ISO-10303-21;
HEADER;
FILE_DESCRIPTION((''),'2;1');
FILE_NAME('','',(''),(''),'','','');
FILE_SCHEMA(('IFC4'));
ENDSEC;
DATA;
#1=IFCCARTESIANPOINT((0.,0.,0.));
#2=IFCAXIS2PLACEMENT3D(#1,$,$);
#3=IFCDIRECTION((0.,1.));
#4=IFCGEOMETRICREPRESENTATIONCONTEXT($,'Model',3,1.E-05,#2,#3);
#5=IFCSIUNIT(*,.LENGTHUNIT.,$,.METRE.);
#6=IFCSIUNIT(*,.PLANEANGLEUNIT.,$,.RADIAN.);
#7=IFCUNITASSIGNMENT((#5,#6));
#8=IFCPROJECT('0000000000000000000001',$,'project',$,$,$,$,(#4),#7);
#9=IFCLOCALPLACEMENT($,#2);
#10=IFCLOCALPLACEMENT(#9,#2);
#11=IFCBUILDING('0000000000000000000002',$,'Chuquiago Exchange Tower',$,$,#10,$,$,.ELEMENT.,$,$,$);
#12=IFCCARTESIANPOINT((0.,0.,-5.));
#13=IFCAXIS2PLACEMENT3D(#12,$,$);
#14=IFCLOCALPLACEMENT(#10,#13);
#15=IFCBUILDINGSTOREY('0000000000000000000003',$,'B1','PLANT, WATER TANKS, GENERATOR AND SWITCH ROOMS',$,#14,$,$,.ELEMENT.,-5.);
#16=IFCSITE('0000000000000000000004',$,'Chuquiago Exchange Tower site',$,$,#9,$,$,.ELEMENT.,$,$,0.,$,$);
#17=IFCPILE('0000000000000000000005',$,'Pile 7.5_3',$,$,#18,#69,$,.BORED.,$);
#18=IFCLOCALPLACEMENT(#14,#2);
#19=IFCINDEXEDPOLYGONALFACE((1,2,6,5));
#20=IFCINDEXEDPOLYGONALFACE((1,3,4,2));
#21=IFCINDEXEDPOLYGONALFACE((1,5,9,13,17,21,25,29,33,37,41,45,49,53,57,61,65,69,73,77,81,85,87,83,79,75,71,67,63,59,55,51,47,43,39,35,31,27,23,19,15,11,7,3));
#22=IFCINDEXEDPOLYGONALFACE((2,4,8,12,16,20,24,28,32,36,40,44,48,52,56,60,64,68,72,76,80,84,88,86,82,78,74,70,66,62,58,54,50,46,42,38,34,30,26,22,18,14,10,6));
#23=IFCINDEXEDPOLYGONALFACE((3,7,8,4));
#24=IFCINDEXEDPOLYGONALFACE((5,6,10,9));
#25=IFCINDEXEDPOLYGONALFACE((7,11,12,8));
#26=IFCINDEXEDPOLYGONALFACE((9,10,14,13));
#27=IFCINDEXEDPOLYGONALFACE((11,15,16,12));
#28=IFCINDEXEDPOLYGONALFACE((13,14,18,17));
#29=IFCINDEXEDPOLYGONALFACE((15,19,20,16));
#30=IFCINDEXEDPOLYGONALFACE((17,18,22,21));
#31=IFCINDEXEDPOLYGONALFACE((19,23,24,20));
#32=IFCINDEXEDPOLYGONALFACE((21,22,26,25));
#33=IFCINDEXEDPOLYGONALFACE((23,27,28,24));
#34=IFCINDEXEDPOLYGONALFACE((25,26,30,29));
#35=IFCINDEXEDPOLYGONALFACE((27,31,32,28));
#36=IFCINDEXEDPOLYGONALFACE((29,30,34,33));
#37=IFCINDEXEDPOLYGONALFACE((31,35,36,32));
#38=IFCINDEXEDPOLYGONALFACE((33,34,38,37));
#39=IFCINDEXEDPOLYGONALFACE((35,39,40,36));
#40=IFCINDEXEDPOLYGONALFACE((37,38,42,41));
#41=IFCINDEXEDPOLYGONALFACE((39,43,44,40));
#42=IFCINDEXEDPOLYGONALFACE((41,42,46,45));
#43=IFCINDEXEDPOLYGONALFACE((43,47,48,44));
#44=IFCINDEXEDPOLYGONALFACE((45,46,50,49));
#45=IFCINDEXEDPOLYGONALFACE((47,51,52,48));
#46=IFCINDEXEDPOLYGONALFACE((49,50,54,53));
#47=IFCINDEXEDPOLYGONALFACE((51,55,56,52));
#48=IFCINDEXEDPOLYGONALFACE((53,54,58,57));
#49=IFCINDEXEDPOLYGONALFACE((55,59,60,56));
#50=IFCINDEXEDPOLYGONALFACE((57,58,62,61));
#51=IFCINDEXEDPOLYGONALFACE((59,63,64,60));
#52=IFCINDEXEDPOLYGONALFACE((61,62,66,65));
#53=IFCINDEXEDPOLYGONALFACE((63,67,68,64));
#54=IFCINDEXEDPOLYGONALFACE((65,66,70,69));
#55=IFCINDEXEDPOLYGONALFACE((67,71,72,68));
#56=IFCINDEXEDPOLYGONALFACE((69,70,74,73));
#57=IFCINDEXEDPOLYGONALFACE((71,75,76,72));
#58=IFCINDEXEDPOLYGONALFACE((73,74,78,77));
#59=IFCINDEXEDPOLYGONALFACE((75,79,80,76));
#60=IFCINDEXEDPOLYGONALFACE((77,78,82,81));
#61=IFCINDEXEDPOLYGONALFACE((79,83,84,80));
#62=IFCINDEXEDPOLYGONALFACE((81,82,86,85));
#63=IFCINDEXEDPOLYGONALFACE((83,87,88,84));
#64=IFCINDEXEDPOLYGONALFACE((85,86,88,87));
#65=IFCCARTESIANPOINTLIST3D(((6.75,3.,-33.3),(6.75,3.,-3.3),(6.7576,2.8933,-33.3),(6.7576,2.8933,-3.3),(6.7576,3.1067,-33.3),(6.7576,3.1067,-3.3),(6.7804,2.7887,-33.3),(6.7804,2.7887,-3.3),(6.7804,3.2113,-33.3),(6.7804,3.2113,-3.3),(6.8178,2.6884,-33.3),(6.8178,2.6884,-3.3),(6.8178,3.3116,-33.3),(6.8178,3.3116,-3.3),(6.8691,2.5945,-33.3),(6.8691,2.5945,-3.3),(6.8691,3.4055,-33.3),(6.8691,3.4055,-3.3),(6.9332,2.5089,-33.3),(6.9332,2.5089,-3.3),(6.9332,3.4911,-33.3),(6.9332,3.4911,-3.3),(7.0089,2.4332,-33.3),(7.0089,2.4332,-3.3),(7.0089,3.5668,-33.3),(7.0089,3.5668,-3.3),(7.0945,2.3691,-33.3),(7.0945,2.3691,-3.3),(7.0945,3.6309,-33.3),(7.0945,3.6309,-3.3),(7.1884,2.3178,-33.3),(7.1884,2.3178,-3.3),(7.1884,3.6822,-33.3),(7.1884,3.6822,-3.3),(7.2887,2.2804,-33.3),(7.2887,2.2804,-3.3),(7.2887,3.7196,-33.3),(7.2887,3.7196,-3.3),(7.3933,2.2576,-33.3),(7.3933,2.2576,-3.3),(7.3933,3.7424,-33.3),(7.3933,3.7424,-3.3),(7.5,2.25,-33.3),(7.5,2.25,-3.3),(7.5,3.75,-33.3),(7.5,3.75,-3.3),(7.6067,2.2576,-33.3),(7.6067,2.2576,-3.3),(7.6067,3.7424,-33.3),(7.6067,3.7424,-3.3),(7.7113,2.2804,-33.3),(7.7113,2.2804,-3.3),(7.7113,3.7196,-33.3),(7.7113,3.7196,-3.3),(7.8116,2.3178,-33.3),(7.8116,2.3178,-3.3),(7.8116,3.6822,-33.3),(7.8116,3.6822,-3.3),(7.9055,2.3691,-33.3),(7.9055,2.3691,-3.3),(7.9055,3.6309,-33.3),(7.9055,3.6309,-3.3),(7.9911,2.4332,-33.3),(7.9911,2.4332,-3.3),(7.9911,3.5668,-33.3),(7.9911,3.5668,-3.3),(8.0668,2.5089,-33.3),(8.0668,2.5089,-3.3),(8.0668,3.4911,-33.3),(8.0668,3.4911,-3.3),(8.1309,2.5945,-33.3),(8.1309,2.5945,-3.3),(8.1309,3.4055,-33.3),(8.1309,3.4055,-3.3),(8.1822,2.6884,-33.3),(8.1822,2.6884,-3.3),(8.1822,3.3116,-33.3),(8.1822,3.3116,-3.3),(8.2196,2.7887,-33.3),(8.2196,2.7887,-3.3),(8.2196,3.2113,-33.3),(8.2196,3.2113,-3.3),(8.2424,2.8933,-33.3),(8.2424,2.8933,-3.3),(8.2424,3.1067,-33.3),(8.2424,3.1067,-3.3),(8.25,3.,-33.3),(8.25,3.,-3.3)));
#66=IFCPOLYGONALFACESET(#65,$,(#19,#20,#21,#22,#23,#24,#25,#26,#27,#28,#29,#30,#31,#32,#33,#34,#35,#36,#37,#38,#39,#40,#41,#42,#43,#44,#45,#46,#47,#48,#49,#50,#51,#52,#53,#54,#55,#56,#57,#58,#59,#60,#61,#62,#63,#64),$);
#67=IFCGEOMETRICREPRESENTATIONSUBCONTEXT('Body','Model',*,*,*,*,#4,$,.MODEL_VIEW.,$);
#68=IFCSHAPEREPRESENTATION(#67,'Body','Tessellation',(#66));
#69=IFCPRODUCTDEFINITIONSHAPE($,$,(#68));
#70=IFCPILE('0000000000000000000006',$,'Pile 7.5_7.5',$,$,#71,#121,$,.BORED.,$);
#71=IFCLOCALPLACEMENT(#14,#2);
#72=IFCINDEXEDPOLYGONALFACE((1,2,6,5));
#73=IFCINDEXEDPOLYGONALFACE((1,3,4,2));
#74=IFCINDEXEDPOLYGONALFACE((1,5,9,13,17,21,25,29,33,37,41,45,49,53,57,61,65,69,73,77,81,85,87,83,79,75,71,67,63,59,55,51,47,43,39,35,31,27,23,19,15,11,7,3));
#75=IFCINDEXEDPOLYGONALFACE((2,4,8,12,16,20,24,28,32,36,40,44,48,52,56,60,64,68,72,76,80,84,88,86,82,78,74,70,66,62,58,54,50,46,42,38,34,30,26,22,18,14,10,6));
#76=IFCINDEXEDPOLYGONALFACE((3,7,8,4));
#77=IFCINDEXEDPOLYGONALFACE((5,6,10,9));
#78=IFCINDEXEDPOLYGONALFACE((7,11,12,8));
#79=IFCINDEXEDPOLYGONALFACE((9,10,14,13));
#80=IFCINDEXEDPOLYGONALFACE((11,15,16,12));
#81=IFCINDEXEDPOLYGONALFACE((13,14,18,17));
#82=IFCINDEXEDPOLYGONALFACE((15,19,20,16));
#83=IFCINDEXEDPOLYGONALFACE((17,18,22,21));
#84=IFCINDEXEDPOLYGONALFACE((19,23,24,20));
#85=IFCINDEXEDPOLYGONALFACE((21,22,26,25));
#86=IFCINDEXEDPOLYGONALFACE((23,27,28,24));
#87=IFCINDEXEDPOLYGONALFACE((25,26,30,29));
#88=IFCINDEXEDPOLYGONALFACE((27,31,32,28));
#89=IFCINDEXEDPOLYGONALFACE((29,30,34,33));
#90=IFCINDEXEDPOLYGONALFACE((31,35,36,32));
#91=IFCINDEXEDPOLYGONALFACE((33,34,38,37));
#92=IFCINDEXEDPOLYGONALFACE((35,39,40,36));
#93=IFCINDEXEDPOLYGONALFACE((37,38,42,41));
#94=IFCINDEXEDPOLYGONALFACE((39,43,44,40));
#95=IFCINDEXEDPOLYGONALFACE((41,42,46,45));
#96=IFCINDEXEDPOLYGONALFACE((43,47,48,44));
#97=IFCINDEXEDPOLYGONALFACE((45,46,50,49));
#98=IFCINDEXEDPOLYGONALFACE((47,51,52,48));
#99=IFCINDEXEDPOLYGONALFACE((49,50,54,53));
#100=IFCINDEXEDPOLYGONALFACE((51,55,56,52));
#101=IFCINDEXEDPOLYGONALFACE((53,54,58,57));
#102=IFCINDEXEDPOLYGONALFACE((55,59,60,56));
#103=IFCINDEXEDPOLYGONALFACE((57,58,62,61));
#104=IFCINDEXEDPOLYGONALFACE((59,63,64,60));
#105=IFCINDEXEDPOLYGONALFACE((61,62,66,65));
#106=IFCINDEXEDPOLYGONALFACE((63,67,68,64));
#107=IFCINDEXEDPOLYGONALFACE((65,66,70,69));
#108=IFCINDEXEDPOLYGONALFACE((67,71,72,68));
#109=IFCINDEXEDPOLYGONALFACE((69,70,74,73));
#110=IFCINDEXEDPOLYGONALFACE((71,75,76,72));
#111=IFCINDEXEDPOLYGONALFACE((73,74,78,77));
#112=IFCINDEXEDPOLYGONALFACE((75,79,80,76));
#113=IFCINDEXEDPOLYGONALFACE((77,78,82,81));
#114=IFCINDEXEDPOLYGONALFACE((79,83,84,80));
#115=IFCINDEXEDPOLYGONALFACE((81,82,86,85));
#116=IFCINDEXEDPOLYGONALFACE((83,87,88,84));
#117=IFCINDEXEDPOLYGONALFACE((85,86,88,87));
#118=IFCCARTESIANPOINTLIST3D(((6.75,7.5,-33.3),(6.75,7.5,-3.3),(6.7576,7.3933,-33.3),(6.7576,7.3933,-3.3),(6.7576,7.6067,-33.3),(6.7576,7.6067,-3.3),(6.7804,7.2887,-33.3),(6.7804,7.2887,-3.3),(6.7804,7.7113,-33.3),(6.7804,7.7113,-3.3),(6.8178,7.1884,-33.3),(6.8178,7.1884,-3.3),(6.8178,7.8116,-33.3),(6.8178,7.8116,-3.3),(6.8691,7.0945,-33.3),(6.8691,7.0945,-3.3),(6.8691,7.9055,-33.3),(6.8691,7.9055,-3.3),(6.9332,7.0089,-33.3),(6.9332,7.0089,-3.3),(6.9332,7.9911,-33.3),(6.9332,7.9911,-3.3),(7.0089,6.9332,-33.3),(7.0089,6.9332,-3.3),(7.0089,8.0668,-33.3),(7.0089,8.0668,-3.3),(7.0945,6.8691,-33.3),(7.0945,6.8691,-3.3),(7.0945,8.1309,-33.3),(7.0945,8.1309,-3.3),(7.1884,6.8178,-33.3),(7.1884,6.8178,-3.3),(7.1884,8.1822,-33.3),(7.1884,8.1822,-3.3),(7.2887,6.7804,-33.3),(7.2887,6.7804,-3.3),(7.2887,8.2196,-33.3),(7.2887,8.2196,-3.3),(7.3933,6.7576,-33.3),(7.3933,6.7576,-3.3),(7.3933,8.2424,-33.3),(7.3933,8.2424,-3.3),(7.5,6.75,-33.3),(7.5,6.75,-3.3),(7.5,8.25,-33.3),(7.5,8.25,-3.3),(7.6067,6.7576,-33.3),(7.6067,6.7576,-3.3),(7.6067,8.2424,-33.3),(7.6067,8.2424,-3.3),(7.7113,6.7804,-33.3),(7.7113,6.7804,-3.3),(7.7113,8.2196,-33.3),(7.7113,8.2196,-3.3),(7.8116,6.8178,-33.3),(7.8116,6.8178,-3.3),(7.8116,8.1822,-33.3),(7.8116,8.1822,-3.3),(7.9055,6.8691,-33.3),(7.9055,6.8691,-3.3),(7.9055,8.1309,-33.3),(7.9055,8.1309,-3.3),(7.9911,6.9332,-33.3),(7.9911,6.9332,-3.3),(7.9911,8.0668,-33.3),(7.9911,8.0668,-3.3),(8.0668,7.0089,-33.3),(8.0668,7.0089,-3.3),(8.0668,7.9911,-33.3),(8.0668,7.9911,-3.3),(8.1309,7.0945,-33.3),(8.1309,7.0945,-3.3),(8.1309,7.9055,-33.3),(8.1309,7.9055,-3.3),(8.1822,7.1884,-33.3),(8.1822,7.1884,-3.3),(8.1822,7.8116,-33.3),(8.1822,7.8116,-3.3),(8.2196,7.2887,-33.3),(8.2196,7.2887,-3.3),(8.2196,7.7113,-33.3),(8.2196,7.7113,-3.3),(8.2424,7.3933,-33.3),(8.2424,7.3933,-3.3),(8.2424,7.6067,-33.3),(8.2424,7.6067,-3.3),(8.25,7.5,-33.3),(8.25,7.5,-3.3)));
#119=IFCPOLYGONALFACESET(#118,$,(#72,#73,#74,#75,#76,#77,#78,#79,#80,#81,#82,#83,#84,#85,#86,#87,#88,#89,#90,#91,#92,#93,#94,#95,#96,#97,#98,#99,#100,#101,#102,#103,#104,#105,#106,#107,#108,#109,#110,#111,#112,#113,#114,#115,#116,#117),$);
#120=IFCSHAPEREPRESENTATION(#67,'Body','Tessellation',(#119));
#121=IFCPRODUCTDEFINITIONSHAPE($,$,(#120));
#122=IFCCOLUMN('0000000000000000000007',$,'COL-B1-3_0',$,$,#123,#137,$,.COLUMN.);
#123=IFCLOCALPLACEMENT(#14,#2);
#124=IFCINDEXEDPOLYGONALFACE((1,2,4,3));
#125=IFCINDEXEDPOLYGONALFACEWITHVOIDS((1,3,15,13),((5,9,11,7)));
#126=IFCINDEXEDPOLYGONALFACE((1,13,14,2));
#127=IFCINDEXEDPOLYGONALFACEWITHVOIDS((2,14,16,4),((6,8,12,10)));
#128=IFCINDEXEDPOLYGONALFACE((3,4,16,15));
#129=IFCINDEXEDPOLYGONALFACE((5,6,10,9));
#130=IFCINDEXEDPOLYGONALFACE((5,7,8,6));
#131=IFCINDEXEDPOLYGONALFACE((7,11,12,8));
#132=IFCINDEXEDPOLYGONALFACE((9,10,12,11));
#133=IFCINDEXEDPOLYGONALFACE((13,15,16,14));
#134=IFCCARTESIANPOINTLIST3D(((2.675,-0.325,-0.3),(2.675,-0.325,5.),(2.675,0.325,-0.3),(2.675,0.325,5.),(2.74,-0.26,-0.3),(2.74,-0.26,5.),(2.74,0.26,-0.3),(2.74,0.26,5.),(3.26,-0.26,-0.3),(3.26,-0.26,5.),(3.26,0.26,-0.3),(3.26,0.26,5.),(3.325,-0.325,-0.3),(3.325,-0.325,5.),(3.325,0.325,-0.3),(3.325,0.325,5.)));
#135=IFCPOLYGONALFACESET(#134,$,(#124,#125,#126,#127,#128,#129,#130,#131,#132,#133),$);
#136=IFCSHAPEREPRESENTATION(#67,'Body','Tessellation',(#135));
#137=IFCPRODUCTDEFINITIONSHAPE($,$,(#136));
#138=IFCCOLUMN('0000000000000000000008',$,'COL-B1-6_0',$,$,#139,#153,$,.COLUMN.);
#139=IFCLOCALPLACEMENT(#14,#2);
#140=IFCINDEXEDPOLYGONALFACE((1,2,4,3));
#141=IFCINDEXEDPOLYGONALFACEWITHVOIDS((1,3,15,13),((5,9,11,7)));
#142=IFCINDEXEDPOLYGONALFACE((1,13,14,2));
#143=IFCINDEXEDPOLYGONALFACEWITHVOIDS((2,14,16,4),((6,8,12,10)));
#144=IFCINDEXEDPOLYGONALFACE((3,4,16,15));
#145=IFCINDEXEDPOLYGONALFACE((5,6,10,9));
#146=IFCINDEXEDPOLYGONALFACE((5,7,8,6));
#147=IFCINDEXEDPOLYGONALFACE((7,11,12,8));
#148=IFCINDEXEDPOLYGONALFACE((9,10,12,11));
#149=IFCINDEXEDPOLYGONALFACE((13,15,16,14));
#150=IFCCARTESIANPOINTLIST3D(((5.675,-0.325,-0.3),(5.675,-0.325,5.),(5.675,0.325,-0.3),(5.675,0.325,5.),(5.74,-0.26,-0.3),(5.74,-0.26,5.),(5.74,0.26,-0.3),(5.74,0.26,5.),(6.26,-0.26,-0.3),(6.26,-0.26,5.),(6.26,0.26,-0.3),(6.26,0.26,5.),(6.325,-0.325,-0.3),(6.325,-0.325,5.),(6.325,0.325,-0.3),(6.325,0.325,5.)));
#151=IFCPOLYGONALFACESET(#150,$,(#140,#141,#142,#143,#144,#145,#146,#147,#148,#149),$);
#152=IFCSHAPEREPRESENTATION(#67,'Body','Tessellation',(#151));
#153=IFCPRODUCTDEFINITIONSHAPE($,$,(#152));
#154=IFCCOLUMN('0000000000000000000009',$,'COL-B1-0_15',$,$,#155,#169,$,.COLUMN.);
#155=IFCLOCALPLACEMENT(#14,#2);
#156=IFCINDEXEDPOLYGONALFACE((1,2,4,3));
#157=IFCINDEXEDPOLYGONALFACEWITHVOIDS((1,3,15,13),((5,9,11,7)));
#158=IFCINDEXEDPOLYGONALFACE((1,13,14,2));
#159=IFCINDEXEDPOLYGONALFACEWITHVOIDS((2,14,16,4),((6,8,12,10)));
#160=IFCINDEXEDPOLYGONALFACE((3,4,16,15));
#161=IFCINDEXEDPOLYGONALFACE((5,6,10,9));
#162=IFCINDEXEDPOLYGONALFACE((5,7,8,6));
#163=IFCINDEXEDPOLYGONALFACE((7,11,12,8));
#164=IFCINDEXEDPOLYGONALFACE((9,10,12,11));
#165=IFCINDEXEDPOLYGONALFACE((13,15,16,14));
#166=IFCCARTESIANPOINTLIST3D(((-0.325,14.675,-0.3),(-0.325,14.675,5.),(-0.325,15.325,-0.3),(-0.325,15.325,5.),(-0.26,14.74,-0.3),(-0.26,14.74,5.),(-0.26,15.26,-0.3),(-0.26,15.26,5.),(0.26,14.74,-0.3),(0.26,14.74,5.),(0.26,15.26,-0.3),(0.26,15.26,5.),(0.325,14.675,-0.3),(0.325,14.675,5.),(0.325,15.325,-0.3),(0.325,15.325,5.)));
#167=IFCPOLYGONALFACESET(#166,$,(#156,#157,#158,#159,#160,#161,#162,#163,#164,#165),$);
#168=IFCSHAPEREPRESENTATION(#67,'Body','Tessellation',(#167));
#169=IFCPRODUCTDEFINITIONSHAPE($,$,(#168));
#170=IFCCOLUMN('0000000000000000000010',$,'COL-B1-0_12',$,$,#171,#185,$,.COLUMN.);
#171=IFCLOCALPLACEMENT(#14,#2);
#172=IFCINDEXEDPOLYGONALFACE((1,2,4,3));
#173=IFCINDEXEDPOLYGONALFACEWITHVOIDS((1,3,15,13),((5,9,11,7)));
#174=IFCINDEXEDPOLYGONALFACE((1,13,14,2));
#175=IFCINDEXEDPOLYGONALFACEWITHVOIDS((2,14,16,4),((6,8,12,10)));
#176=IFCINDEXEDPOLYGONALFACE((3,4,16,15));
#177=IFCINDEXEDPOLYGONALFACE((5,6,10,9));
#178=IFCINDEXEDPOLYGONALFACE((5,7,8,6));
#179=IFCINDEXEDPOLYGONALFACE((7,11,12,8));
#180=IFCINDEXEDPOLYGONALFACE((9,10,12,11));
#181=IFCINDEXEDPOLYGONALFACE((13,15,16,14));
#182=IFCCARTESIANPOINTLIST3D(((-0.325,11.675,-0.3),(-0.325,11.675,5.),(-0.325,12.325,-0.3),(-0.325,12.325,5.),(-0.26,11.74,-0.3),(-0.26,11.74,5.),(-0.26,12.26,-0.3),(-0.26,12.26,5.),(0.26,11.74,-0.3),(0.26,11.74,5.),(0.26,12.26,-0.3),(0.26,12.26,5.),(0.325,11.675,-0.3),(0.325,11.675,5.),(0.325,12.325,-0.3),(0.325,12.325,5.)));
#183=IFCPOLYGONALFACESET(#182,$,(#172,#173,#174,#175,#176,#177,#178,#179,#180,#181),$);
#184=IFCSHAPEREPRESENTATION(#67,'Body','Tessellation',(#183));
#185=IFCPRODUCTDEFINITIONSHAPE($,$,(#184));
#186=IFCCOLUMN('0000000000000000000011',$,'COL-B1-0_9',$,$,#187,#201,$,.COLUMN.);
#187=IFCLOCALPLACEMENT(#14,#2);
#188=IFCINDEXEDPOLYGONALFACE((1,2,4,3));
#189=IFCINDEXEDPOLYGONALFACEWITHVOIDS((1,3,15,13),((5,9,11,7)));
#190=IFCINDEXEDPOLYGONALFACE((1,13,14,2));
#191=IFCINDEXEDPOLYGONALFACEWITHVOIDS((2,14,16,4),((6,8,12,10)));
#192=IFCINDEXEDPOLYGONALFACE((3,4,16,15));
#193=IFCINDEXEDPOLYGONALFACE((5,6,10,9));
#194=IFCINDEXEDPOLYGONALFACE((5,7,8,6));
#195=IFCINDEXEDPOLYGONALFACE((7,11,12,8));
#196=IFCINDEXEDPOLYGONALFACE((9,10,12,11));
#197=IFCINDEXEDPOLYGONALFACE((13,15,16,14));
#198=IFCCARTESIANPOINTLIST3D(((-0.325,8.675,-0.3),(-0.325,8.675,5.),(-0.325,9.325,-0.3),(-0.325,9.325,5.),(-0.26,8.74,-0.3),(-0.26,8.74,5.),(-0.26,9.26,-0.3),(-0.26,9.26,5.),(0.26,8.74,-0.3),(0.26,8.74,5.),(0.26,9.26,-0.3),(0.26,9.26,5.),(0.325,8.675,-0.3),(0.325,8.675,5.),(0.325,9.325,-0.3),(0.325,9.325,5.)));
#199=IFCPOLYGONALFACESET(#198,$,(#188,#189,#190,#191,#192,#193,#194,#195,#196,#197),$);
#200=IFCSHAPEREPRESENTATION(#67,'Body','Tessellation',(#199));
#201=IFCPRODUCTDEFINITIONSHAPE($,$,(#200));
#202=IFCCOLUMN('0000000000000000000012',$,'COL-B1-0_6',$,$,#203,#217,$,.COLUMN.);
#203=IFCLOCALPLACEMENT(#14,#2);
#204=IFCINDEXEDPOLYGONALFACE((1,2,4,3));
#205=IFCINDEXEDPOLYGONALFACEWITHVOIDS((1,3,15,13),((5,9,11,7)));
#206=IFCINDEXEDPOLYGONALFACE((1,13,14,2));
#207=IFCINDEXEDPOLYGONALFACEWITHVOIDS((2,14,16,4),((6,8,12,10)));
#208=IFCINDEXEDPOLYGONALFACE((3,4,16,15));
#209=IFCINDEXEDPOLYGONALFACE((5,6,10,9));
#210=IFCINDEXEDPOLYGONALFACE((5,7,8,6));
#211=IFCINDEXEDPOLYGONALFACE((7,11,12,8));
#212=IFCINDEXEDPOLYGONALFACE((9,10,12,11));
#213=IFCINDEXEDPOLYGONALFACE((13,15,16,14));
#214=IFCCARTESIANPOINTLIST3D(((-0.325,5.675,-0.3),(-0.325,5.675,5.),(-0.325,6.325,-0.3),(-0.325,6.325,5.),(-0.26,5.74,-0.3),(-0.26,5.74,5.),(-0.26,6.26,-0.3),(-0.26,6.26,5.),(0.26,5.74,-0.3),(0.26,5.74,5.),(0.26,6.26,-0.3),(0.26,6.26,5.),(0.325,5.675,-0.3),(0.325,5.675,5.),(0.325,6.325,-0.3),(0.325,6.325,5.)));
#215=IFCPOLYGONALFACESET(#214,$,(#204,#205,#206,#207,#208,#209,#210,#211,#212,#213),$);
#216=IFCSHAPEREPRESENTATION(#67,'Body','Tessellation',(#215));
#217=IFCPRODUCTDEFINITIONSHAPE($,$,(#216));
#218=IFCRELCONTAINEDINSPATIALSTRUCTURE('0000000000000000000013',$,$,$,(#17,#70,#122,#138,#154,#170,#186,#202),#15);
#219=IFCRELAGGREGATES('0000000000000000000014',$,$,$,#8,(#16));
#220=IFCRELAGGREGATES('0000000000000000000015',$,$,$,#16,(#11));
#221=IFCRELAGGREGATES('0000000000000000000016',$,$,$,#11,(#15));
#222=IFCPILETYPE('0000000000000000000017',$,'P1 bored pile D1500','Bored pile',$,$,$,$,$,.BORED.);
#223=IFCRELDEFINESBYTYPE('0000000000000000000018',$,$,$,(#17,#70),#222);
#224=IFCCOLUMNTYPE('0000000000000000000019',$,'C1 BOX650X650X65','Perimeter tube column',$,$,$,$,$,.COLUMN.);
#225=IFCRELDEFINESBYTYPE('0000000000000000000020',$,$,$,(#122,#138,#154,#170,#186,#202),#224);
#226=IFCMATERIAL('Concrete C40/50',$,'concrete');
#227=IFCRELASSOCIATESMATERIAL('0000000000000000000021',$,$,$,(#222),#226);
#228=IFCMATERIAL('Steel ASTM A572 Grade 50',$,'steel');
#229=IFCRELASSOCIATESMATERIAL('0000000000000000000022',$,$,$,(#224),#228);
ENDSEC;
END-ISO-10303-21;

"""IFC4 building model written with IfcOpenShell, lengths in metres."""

from ifc_helpers import new_model, si_unit, direction, frame, origin, origin_2d, place, context, subcontext, project, spatial, hollow_rectangle, circle, extrude, material, material_profile, profile_set, type_object, element, save


model = new_model("IFC4")

# Units and contexts
model_context = context("Model", 3, precision=1e-05, world=origin(), true_north=direction((0.0, 1.0)))
body_context = subcontext(model_context, "Body", "Model", "MODEL_VIEW")
ifc_project = project(units=[si_unit("LENGTHUNIT", "METRE"), si_unit("PLANEANGLEUNIT", "RADIAN")], contexts=[model_context])

# Site, building, storey
site_placement = place(None, origin())
site = spatial("IfcSite", under=ifc_project, at=site_placement, Name="Chuquiago Exchange Tower site", CompositionType="ELEMENT", RefElevation=0.0)
building_placement = place(site_placement, origin())
building = spatial("IfcBuilding", under=site, at=building_placement, Name="Chuquiago Exchange Tower", CompositionType="ELEMENT")
storey_placement = place(building_placement, frame((0.0, 0.0, -5.0)))
storey = spatial("IfcBuildingStorey", under=building, at=storey_placement, Name="B1", Description="PLANT, WATER TANKS, GENERATOR AND SWITCH ROOMS", CompositionType="ELEMENT", Elevation=-5.0)

# Piles
ifc_material_1 = material(Name="Concrete C40/50", Category="concrete")
ifc_material_profile_1 = material_profile(ifc_material_1, circle(Radius=0.75, at=origin_2d()), Name="D1500")
ifc_profile_set_1 = profile_set([ifc_material_profile_1], Name="Concrete C40/50")
pile_type = type_object("IfcPileType", Name="P1 bored pile D1500", Description="Bored pile", PredefinedType="BORED", material=ifc_profile_set_1)
for number, where, z_axis, x_axis, name in (
    (1, (7.5, 3.0, -3.3), (0.0, 0.0, -1.0), (1.0, 0.0, 0.0), "Pile 7.5_3"),
    (2, (7.5, 7.5, -3.3), (0.0, 0.0, -1.0), (1.0, 0.0, 0.0), "Pile 7.5_7.5"),
):
    element("IfcPile", number, at=place(storey_placement, frame(where, z_axis=z_axis, x_axis=x_axis)), inside=storey, type_object=pile_type, Name=name, PredefinedType="BORED", context=body_context, shape_type="SweptSolid", body=[
        extrude(circle(Radius=0.75, at=origin_2d()), origin(), (0.0, 0.0, 1.0), 30.0),
    ])

# Columns
ifc_material_2 = material(Name="Steel ASTM A572 Grade 50", Category="steel")
ifc_material_profile_2 = material_profile(ifc_material_2, hollow_rectangle(XDim=0.6499, YDim=0.6499, WallThickness=0.0649, at=origin_2d()), Name="BOX650X650X65")
ifc_profile_set_2 = profile_set([ifc_material_profile_2], Name="Steel ASTM A572 Grade 50")
column_type = type_object("IfcColumnType", Name="C1 BOX650X650X65", Description="Perimeter tube column", PredefinedType="COLUMN", material=ifc_profile_set_2)
for number, where, z_axis, x_axis, name in (
    (3, (3.0, 0.0, -0.3), (0.0, 0.0, 1.0), (0.0, -1.0, 0.0), "COL-B1-3_0"),
    (4, (6.0, 0.0, -0.3), (0.0, 0.0, 1.0), (0.0, -1.0, 0.0), "COL-B1-6_0"),
    (5, (0.0, 15.0, -0.3), (0.0, 0.0, 1.0), (-1.0, 0.0, 0.0), "COL-B1-0_15"),
    (6, (0.0, 12.0, -0.3), (0.0, 0.0, 1.0), (-1.0, 0.0, 0.0), "COL-B1-0_12"),
    (7, (0.0, 9.0, -0.3), (0.0, 0.0, 1.0), (-1.0, 0.0, 0.0), "COL-B1-0_9"),
    (8, (0.0, 6.0, -0.3), (0.0, 0.0, 1.0), (-1.0, 0.0, 0.0), "COL-B1-0_6"),
):
    element("IfcColumn", number, at=place(storey_placement, frame(where, z_axis=z_axis, x_axis=x_axis)), inside=storey, type_object=column_type, Name=name, PredefinedType="COLUMN", context=body_context, shape_type="SweptSolid", body=[
        extrude(hollow_rectangle(XDim=0.6499, YDim=0.6499, WallThickness=0.0649, at=origin_2d()), origin(), (0.0, 0.0, 1.0), 5.3),
    ])

save(model, "model.ifc")
